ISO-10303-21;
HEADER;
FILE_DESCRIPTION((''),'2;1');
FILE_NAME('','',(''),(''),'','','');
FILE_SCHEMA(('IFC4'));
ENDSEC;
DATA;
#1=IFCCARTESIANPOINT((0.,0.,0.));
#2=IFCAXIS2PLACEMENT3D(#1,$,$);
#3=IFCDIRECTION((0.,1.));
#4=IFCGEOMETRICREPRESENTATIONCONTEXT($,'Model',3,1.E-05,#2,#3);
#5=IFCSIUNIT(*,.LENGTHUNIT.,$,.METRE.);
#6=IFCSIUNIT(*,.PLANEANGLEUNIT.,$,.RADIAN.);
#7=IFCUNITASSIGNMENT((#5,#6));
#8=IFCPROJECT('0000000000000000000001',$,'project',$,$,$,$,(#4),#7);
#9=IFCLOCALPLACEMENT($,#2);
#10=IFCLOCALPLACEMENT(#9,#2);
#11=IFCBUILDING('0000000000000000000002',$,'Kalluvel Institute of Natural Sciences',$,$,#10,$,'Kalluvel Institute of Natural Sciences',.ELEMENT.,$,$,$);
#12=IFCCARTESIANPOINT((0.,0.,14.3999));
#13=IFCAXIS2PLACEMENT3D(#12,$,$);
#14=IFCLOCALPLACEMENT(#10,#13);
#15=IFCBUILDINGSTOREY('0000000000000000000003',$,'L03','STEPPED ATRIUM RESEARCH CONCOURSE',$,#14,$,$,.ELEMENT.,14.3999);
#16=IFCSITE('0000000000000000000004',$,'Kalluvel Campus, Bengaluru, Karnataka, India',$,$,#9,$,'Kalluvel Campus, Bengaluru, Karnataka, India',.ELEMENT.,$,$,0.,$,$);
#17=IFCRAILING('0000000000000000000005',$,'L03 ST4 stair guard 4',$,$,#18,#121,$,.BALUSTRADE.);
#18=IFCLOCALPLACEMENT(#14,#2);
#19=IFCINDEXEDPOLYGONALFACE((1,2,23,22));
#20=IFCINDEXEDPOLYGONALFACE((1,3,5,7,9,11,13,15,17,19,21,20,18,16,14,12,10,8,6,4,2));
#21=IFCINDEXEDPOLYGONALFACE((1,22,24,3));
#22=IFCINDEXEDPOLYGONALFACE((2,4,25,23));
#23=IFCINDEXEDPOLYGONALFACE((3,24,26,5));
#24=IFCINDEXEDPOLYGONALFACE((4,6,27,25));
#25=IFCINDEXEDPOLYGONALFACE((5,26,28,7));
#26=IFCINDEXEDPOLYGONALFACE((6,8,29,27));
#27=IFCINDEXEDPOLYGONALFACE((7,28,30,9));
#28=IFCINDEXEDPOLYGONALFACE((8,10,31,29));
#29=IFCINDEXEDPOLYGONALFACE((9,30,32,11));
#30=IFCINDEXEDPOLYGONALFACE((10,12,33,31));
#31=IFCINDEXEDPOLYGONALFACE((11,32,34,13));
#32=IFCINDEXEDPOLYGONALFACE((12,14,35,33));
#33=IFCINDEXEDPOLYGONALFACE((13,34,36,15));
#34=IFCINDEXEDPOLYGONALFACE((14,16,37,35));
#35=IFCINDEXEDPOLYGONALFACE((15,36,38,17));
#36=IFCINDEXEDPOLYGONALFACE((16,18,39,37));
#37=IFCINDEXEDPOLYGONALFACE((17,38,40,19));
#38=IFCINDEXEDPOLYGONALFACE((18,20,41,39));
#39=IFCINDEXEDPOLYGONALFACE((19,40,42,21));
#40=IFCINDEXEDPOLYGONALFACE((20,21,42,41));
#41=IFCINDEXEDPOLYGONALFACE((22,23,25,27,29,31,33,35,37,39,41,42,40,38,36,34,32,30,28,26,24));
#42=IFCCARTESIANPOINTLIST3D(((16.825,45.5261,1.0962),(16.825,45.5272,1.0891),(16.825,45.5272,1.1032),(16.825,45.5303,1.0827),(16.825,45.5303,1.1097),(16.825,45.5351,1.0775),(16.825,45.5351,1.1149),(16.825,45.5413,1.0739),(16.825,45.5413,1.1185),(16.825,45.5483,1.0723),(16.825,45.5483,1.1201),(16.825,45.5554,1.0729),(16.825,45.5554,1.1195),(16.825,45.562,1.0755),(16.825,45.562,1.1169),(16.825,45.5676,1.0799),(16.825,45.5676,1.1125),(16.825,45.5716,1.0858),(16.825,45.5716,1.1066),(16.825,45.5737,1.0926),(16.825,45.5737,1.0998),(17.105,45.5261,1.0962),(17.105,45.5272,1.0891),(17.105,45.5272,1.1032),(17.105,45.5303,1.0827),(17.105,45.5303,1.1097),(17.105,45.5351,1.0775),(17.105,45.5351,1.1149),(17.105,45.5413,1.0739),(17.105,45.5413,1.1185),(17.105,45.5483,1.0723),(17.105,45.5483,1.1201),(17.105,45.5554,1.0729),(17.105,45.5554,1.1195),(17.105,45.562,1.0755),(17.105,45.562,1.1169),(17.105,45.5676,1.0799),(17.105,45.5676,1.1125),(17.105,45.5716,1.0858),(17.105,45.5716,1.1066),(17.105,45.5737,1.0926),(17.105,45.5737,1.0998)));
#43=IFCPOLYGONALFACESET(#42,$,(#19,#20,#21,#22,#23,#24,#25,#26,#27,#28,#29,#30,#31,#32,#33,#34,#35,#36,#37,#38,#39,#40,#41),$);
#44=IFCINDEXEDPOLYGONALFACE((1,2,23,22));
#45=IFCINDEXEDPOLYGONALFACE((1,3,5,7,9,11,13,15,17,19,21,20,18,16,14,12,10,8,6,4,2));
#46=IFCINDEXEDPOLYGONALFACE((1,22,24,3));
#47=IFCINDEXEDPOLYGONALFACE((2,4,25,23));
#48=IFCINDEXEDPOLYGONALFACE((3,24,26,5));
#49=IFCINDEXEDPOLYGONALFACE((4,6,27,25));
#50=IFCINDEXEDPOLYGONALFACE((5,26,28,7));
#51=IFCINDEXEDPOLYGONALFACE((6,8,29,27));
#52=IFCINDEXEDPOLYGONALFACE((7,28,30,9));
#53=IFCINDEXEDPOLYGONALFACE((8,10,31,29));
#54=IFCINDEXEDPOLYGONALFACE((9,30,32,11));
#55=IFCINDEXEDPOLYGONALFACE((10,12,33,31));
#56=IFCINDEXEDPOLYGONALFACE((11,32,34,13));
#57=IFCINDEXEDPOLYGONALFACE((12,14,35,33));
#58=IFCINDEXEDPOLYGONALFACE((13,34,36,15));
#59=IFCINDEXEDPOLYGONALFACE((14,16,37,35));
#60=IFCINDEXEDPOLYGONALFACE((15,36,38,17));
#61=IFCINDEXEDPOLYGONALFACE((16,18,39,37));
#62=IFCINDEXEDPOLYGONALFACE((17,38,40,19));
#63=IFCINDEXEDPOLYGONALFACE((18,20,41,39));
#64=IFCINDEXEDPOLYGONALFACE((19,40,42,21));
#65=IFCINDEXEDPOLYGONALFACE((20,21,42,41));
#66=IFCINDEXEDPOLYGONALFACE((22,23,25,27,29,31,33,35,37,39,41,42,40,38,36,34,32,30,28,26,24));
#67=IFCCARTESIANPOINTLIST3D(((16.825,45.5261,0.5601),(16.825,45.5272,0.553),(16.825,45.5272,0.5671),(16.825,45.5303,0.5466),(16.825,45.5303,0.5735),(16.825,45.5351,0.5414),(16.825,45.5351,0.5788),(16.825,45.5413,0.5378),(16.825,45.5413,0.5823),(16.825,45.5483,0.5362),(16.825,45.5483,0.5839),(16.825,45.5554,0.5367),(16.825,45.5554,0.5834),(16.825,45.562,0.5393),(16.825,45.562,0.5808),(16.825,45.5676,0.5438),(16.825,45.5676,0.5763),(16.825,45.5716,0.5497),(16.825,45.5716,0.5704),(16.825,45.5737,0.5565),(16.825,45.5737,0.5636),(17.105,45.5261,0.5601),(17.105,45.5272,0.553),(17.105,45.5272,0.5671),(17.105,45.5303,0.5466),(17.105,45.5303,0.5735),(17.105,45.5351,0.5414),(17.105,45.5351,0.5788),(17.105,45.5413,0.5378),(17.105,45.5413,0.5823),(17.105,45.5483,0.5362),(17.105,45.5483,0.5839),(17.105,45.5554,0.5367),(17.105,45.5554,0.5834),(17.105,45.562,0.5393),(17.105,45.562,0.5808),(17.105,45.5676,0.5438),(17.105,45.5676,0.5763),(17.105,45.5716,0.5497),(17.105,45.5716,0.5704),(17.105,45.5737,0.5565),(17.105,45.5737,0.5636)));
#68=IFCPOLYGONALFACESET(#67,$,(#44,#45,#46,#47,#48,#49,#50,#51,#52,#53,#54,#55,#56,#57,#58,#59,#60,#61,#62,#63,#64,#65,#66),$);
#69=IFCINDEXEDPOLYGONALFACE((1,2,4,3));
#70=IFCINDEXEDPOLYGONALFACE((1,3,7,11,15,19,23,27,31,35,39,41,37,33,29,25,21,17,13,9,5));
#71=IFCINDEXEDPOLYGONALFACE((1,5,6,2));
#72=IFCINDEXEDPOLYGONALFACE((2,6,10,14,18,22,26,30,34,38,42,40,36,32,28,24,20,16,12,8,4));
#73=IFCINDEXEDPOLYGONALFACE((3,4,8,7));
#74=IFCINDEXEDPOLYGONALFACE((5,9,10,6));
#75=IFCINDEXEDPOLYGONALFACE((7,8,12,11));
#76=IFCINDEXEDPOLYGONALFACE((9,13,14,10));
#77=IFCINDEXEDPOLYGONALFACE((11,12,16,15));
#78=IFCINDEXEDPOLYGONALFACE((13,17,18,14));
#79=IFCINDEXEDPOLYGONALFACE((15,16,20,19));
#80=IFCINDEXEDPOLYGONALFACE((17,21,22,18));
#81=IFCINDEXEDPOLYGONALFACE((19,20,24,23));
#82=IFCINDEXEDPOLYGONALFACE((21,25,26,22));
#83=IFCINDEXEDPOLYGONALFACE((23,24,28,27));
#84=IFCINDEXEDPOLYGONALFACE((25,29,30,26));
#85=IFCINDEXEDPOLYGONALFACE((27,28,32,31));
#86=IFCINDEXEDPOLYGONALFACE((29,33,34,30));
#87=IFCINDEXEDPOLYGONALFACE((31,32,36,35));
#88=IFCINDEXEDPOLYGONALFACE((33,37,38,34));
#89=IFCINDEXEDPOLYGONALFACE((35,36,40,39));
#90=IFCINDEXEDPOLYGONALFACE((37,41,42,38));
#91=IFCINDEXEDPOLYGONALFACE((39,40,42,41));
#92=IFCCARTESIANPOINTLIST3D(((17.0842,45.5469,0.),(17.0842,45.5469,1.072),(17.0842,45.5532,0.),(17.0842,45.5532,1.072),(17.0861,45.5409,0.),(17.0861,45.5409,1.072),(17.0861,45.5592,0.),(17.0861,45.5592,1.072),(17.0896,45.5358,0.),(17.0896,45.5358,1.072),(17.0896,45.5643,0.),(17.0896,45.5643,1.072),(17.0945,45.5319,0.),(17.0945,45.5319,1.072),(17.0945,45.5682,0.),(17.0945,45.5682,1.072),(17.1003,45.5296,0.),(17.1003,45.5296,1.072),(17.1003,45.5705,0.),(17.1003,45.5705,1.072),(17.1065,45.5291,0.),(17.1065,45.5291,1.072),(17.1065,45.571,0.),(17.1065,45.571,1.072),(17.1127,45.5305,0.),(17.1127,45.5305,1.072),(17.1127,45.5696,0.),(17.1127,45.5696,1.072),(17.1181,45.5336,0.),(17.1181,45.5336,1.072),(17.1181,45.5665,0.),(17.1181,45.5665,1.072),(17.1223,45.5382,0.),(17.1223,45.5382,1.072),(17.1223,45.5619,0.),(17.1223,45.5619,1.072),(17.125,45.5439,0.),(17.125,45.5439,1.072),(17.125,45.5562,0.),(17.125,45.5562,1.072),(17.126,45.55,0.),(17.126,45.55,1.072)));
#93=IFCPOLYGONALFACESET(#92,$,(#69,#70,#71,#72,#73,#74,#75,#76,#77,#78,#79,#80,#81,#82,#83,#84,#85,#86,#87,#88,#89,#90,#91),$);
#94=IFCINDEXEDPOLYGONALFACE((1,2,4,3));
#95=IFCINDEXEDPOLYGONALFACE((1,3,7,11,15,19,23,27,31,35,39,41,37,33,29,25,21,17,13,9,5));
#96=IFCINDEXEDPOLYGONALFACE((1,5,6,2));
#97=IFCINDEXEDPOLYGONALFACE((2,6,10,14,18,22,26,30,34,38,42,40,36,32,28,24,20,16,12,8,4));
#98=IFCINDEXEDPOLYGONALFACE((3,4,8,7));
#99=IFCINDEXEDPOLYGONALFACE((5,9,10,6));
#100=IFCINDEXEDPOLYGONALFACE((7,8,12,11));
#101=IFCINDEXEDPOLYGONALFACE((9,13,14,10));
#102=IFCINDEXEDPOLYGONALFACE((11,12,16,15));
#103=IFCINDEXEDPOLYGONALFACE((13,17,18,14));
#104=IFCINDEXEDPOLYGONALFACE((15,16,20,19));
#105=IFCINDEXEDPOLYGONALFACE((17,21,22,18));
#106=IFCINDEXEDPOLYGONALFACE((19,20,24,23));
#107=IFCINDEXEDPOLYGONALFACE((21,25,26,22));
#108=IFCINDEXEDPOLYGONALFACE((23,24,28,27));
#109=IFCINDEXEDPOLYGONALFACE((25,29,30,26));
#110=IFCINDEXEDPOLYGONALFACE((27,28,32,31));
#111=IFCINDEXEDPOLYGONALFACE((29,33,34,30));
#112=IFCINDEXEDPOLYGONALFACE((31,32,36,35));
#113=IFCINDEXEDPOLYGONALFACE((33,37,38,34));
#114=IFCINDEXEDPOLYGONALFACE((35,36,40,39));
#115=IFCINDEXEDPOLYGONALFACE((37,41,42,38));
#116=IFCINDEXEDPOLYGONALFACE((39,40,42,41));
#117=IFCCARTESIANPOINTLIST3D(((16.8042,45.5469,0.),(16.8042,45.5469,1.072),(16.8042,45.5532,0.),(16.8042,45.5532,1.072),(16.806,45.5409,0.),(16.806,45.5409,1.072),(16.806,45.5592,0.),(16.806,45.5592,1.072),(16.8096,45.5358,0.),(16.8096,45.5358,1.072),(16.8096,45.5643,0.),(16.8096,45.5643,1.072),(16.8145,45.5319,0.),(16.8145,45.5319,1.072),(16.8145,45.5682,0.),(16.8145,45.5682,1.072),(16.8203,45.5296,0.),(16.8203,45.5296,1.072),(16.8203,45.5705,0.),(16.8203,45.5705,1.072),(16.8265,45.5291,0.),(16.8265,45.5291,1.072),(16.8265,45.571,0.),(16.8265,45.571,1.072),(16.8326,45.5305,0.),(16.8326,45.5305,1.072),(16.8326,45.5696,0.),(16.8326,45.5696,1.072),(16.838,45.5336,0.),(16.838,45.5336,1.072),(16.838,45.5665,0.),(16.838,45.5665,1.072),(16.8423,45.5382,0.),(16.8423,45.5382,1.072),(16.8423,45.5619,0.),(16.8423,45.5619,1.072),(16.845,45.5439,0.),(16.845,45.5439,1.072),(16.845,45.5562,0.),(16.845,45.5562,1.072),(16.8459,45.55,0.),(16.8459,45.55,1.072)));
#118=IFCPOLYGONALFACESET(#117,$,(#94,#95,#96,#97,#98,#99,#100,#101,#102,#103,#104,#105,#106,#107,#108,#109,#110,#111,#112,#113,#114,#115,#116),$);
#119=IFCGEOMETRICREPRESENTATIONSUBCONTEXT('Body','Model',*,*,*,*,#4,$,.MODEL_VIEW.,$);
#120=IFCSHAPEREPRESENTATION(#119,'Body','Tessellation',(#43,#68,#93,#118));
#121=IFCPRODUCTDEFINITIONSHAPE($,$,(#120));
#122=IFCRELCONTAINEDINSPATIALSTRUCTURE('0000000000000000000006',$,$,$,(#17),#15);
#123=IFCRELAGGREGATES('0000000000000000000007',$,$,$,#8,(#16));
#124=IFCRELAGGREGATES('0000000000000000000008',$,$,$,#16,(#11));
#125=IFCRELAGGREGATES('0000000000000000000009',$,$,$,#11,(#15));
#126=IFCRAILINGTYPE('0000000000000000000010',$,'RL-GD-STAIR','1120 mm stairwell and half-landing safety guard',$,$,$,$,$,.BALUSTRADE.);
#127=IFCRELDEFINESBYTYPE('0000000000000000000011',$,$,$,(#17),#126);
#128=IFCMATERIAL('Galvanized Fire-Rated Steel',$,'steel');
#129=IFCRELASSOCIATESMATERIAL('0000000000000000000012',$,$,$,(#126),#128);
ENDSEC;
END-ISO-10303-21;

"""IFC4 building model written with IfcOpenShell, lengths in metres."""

from ifc_helpers import new_model, si_unit, direction, frame, origin, origin_2d, place, context, subcontext, project, spatial, circle, extrude, material, type_object, element, save


model = new_model("IFC4")

# Units and contexts
model_context = context("Model", 3, precision=1e-05, world=origin(), true_north=direction((0.0, 1.0)))
body_context = subcontext(model_context, "Body", "Model", "MODEL_VIEW")
ifc_project = project(units=[si_unit("LENGTHUNIT", "METRE"), si_unit("PLANEANGLEUNIT", "RADIAN")], contexts=[model_context])

# Site, building, storey
site_placement = place(None, origin())
site = spatial("IfcSite", under=ifc_project, at=site_placement, Name="Kalluvel Campus, Bengaluru, Karnataka, India", LongName="Kalluvel Campus, Bengaluru, Karnataka, India", CompositionType="ELEMENT", RefElevation=0.0)
building_placement = place(site_placement, origin())
building = spatial("IfcBuilding", under=site, at=building_placement, Name="Kalluvel Institute of Natural Sciences", LongName="Kalluvel Institute of Natural Sciences", CompositionType="ELEMENT")
storey_placement = place(building_placement, frame((0.0, 0.0, 14.3999)))
storey = spatial("IfcBuildingStorey", under=building, at=storey_placement, Name="L03", Description="STEPPED ATRIUM RESEARCH CONCOURSE", CompositionType="ELEMENT", Elevation=14.3999)

# Shared definitions
ifc_material_1 = material(Name="Galvanized Fire-Rated Steel", Category="steel")

# Railing
railing_type_1 = type_object("IfcRailingType", Name="RL-GD-STAIR", Description="1120 mm stairwell and half-landing safety guard", PredefinedType="BALUSTRADE", material=ifc_material_1)
railing_1_placement = place(storey_placement, frame((17.105, 45.55, 0.0)))
element("IfcRailing", 1, at=railing_1_placement, inside=storey, type_object=railing_type_1, Name="L03 ST4 stair guard 4", PredefinedType="BALUSTRADE", context=body_context, shape_type="SweptSolid", body=[
    extrude(circle(Radius=0.0239, at=origin_2d()), frame((0.0, 0.0, 1.0962), z_axis=(-1.0, 0.0, 0.0), x_axis=(0.0, -1.0, 0.0)), (0.0, 0.0, 1.0), 0.28),
    extrude(circle(Radius=0.0239, at=origin_2d()), frame((0.0, 0.0, 0.5601), z_axis=(-1.0, 0.0, 0.0), x_axis=(0.0, -1.0, 0.0)), (0.0, 0.0, 1.0), 0.28),
    extrude(circle(Radius=0.021, at=origin_2d()), origin(), (0.0, 0.0, 1.0), 1.072),
    extrude(circle(Radius=0.021, at=origin_2d()), frame((-0.28, 0.0, 0.0)), (0.0, 0.0, 1.0), 1.072),
])

save(model, "model.ifc")
